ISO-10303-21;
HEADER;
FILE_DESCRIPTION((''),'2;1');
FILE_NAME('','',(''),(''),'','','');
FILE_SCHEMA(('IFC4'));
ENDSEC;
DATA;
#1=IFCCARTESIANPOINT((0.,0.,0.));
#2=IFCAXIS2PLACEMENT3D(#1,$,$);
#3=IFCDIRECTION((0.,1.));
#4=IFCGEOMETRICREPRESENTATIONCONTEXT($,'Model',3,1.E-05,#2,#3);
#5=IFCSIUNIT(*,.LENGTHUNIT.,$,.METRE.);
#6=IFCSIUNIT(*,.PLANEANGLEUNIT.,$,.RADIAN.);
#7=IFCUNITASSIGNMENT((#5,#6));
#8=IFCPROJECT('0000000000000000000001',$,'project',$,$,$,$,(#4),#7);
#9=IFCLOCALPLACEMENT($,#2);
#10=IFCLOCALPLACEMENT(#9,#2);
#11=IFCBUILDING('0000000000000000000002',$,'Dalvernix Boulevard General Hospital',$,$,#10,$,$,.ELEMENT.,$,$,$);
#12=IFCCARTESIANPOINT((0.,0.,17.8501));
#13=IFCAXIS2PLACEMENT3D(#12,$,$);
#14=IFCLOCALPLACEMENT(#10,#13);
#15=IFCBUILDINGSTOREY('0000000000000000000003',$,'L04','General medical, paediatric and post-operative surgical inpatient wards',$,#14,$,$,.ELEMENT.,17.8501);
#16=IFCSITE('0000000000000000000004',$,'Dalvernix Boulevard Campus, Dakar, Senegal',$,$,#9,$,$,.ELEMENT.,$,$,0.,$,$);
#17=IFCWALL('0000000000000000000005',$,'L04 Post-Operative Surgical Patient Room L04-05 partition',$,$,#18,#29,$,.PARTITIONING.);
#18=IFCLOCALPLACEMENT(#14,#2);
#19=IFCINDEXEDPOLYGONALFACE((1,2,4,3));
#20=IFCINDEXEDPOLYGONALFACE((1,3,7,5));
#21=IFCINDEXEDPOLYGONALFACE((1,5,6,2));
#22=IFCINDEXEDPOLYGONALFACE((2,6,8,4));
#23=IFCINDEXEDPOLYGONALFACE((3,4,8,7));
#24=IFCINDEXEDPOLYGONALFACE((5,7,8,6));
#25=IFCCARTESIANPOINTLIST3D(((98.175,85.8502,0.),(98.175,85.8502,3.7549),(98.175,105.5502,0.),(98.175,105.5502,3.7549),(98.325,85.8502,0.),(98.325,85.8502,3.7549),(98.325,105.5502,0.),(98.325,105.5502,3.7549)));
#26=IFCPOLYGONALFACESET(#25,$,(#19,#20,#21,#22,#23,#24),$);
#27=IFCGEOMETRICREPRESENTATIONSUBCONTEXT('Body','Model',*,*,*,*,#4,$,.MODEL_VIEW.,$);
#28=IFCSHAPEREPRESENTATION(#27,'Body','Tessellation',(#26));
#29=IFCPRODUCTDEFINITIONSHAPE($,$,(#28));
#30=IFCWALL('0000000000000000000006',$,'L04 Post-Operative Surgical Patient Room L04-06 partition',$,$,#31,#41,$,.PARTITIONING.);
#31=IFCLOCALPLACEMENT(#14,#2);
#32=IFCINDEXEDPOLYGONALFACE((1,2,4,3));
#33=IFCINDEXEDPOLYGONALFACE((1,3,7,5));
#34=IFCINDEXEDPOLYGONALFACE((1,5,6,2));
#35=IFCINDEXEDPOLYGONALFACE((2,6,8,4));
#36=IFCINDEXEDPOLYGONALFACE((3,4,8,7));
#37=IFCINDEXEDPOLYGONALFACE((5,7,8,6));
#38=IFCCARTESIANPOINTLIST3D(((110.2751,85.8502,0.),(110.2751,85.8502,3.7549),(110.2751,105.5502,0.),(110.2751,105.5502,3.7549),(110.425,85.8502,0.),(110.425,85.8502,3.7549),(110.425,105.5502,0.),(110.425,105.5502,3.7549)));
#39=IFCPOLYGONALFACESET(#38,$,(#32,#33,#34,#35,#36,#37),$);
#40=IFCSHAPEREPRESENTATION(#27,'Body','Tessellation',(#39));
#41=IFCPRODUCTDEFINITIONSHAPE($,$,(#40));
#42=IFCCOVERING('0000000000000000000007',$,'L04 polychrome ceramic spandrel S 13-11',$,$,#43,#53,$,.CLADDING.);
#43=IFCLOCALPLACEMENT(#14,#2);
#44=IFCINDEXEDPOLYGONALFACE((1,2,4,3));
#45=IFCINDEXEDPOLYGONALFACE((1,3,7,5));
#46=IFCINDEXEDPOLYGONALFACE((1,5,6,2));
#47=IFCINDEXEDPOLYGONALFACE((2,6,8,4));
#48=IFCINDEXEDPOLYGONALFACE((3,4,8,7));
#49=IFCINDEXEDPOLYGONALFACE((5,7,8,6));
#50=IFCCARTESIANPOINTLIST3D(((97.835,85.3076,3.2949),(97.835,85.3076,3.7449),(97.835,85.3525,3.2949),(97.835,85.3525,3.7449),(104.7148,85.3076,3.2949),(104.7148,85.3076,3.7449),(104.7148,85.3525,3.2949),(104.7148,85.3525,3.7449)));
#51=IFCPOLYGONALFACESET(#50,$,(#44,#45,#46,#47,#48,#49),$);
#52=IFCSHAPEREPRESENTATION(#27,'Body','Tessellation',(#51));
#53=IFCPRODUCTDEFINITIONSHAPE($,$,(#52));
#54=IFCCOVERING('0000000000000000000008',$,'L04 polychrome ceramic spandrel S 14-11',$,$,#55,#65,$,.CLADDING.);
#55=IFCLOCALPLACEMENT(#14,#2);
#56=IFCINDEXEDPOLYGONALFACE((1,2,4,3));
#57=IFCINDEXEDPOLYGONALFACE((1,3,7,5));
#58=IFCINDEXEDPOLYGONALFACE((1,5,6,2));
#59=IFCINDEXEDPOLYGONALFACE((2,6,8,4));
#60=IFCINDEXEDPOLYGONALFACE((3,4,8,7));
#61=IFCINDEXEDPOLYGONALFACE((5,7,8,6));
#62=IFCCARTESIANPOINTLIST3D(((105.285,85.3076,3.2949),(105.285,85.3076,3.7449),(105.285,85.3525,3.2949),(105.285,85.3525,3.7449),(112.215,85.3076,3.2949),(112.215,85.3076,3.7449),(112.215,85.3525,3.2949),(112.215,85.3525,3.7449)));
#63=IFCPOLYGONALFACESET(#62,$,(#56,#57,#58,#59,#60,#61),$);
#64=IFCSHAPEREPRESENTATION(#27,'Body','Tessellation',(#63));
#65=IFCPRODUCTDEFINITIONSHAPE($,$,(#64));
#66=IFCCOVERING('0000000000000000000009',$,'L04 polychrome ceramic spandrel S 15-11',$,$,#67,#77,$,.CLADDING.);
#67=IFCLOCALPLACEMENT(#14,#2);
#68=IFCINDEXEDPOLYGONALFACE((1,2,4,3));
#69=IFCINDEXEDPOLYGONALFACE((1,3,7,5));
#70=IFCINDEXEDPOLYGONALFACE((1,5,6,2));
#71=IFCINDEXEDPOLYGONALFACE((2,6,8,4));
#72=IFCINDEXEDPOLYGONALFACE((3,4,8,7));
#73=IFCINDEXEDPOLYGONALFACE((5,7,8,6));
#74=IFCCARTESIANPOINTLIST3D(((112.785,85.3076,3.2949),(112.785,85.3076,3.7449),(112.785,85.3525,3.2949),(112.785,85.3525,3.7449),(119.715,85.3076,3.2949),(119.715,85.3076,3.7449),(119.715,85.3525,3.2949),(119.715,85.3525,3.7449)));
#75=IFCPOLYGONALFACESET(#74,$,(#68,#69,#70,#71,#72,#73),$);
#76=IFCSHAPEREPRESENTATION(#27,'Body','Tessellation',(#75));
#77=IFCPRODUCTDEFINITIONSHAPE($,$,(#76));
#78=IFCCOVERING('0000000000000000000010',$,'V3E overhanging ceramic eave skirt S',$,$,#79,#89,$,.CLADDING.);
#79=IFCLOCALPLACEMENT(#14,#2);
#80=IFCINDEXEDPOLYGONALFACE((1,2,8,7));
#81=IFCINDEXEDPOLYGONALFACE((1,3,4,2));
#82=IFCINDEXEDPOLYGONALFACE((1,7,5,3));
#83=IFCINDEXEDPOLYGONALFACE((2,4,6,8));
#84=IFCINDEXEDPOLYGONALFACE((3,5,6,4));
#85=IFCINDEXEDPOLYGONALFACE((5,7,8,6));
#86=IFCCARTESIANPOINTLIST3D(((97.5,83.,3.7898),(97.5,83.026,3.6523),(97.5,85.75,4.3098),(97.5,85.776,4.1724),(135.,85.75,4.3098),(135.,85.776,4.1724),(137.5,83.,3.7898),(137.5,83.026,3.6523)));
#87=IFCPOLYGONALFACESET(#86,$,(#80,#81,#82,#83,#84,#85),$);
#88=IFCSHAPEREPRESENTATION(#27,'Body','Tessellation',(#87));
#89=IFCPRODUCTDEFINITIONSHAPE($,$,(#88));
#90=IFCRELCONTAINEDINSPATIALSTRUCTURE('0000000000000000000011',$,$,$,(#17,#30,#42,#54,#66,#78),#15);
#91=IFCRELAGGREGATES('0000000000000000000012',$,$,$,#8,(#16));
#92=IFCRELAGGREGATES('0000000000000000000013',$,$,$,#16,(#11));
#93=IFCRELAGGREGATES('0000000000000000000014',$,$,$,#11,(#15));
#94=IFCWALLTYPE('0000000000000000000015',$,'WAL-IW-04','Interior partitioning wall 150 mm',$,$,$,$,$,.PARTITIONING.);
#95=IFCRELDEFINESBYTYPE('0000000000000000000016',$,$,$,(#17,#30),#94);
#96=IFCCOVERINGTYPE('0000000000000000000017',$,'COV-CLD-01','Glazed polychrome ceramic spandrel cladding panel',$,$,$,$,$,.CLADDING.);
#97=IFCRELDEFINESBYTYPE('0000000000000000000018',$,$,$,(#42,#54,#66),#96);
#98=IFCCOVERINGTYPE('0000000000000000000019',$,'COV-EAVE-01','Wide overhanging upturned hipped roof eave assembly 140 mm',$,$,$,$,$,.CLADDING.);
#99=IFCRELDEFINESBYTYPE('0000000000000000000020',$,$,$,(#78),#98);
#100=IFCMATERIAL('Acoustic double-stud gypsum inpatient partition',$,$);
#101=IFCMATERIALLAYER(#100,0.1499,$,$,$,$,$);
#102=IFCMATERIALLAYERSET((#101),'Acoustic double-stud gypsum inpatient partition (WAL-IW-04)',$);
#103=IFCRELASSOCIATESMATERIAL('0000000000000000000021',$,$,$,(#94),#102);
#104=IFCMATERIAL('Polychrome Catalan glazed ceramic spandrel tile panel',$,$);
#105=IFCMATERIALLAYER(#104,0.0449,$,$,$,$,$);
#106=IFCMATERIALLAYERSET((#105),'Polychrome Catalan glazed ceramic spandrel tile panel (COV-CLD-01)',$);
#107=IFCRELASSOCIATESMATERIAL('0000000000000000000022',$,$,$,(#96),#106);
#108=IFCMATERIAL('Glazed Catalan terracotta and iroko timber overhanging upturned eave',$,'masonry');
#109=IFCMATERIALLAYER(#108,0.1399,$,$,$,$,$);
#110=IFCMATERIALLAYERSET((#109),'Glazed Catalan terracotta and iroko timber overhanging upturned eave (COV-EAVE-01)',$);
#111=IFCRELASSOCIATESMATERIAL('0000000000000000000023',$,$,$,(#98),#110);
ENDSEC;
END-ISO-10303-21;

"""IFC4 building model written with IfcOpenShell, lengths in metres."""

from ifc_helpers import new_model, si_unit, direction, frame, frame_2d, origin, origin_2d, place, context, subcontext, project, spatial, polyline, rectangle, outline, extrude, material, layer, layer_set, type_object, element, save


model = new_model("IFC4")

# Units and contexts
model_context = context("Model", 3, precision=1e-05, world=origin(), true_north=direction((0.0, 1.0)))
body_context = subcontext(model_context, "Body", "Model", "MODEL_VIEW")
ifc_project = project(units=[si_unit("LENGTHUNIT", "METRE"), si_unit("PLANEANGLEUNIT", "RADIAN")], contexts=[model_context])

# Site, building, storey
site_placement = place(None, origin())
site = spatial("IfcSite", under=ifc_project, at=site_placement, Name="Dalvernix Boulevard Campus, Dakar, Senegal", CompositionType="ELEMENT", RefElevation=0.0)
building_placement = place(site_placement, origin())
building = spatial("IfcBuilding", under=site, at=building_placement, Name="Dalvernix Boulevard General Hospital", CompositionType="ELEMENT")
storey_placement = place(building_placement, frame((0.0, 0.0, 17.8501)))
storey = spatial("IfcBuildingStorey", under=building, at=storey_placement, Name="L04", Description="General medical, paediatric and post-operative surgical inpatient wards", CompositionType="ELEMENT", Elevation=17.8501)

# Walls
ifc_material_1 = material(Name="Acoustic double-stud gypsum inpatient partition")
ifc_layer_1 = layer(ifc_material_1, 0.1499)
ifc_layer_set_1 = layer_set([ifc_layer_1], Name="Acoustic double-stud gypsum inpatient partition (WAL-IW-04)")
wall_type_1 = type_object("IfcWallType", Name="WAL-IW-04", Description="Interior partitioning wall 150 mm", PredefinedType="PARTITIONING", material=ifc_layer_set_1)
for number, where, z_axis, x_axis, name in (
    (1, (98.25, 85.8501, 0.0), (0.0, 0.0, 1.0), (0.0, 1.0, 0.0), "L04 Post-Operative Surgical Patient Room L04-05 partition"),
    (2, (110.3501, 85.8501, 0.0), (0.0, 0.0, 1.0), (0.0, 1.0, 0.0), "L04 Post-Operative Surgical Patient Room L04-06 partition"),
):
    element("IfcWall", number, at=place(storey_placement, frame(where, z_axis=z_axis, x_axis=x_axis)), inside=storey, type_object=wall_type_1, Name=name, PredefinedType="PARTITIONING", context=body_context, shape_type="SweptSolid", body=[
        extrude(rectangle(XDim=19.7, YDim=0.1499, at=frame_2d((9.8501, 0.0))), origin(), (0.0, 0.0, 1.0), 3.7549),
    ])

# Coverings
ifc_material_2 = material(Name="Polychrome Catalan glazed ceramic spandrel tile panel")
ifc_layer_2 = layer(ifc_material_2, 0.0449)
ifc_layer_set_2 = layer_set([ifc_layer_2], Name="Polychrome Catalan glazed ceramic spandrel tile panel (COV-CLD-01)")
covering_type_1 = type_object("IfcCoveringType", Name="COV-CLD-01", Description="Glazed polychrome ceramic spandrel cladding panel", PredefinedType="CLADDING", material=ifc_layer_set_2)
covering_1_placement = place(storey_placement, frame((101.2749, 85.3301, 3.2949), z_axis=(0.0, 0.0, 1.0), x_axis=(-1.0, 0.0, 0.0)))
element("IfcCovering", 3, at=covering_1_placement, inside=storey, type_object=covering_type_1, Name="L04 polychrome ceramic spandrel S 13-11", PredefinedType="CLADDING", context=body_context, shape_type="SweptSolid", body=[
    extrude(rectangle(XDim=6.8799, YDim=0.0449, at=origin_2d()), origin(), (0.0, 0.0, 1.0), 0.45),
])
for number, where, z_axis, x_axis, name in (
    (4, (108.75, 85.3301, 3.2949), (0.0, 0.0, 1.0), (-1.0, 0.0, 0.0), "L04 polychrome ceramic spandrel S 14-11"),
    (5, (116.25, 85.3301, 3.2949), (0.0, 0.0, 1.0), (-1.0, 0.0, 0.0), "L04 polychrome ceramic spandrel S 15-11"),
):
    element("IfcCovering", number, at=place(storey_placement, frame(where, z_axis=z_axis, x_axis=x_axis)), inside=storey, type_object=covering_type_1, Name=name, PredefinedType="CLADDING", context=body_context, shape_type="SweptSolid", body=[
        extrude(rectangle(XDim=6.9299, YDim=0.0449, at=origin_2d()), origin(), (0.0, 0.0, 1.0), 0.45),
    ])
ifc_material_3 = material(Name="Glazed Catalan terracotta and iroko timber overhanging upturned eave", Category="masonry")
ifc_layer_3 = layer(ifc_material_3, 0.1399)
ifc_layer_set_3 = layer_set([ifc_layer_3], Name="Glazed Catalan terracotta and iroko timber overhanging upturned eave (COV-EAVE-01)")
covering_type_2 = type_object("IfcCoveringType", Name="COV-EAVE-01", Description="Wide overhanging upturned hipped roof eave assembly 140 mm", PredefinedType="CLADDING", material=ifc_layer_set_3)
covering_2_placement = place(storey_placement, frame((97.5, 85.75, 4.3098), z_axis=(0.0, -0.185805, 0.982587), x_axis=(1.0, 0.0, 0.0)))
element("IfcCovering", 6, at=covering_2_placement, inside=storey, type_object=covering_type_2, Name="V3E overhanging ceramic eave skirt S", PredefinedType="CLADDING", context=body_context, shape_type="SweptSolid", body=[
    extrude(outline(polyline([(0.0, 0.0), (37.5, 0.0), (40.0, -2.7987), (0.0, -2.7987), (0.0, 0.0)])), origin(), (0.0, 0.0, -1.0), 0.1399),
])

save(model, "model.ifc")
